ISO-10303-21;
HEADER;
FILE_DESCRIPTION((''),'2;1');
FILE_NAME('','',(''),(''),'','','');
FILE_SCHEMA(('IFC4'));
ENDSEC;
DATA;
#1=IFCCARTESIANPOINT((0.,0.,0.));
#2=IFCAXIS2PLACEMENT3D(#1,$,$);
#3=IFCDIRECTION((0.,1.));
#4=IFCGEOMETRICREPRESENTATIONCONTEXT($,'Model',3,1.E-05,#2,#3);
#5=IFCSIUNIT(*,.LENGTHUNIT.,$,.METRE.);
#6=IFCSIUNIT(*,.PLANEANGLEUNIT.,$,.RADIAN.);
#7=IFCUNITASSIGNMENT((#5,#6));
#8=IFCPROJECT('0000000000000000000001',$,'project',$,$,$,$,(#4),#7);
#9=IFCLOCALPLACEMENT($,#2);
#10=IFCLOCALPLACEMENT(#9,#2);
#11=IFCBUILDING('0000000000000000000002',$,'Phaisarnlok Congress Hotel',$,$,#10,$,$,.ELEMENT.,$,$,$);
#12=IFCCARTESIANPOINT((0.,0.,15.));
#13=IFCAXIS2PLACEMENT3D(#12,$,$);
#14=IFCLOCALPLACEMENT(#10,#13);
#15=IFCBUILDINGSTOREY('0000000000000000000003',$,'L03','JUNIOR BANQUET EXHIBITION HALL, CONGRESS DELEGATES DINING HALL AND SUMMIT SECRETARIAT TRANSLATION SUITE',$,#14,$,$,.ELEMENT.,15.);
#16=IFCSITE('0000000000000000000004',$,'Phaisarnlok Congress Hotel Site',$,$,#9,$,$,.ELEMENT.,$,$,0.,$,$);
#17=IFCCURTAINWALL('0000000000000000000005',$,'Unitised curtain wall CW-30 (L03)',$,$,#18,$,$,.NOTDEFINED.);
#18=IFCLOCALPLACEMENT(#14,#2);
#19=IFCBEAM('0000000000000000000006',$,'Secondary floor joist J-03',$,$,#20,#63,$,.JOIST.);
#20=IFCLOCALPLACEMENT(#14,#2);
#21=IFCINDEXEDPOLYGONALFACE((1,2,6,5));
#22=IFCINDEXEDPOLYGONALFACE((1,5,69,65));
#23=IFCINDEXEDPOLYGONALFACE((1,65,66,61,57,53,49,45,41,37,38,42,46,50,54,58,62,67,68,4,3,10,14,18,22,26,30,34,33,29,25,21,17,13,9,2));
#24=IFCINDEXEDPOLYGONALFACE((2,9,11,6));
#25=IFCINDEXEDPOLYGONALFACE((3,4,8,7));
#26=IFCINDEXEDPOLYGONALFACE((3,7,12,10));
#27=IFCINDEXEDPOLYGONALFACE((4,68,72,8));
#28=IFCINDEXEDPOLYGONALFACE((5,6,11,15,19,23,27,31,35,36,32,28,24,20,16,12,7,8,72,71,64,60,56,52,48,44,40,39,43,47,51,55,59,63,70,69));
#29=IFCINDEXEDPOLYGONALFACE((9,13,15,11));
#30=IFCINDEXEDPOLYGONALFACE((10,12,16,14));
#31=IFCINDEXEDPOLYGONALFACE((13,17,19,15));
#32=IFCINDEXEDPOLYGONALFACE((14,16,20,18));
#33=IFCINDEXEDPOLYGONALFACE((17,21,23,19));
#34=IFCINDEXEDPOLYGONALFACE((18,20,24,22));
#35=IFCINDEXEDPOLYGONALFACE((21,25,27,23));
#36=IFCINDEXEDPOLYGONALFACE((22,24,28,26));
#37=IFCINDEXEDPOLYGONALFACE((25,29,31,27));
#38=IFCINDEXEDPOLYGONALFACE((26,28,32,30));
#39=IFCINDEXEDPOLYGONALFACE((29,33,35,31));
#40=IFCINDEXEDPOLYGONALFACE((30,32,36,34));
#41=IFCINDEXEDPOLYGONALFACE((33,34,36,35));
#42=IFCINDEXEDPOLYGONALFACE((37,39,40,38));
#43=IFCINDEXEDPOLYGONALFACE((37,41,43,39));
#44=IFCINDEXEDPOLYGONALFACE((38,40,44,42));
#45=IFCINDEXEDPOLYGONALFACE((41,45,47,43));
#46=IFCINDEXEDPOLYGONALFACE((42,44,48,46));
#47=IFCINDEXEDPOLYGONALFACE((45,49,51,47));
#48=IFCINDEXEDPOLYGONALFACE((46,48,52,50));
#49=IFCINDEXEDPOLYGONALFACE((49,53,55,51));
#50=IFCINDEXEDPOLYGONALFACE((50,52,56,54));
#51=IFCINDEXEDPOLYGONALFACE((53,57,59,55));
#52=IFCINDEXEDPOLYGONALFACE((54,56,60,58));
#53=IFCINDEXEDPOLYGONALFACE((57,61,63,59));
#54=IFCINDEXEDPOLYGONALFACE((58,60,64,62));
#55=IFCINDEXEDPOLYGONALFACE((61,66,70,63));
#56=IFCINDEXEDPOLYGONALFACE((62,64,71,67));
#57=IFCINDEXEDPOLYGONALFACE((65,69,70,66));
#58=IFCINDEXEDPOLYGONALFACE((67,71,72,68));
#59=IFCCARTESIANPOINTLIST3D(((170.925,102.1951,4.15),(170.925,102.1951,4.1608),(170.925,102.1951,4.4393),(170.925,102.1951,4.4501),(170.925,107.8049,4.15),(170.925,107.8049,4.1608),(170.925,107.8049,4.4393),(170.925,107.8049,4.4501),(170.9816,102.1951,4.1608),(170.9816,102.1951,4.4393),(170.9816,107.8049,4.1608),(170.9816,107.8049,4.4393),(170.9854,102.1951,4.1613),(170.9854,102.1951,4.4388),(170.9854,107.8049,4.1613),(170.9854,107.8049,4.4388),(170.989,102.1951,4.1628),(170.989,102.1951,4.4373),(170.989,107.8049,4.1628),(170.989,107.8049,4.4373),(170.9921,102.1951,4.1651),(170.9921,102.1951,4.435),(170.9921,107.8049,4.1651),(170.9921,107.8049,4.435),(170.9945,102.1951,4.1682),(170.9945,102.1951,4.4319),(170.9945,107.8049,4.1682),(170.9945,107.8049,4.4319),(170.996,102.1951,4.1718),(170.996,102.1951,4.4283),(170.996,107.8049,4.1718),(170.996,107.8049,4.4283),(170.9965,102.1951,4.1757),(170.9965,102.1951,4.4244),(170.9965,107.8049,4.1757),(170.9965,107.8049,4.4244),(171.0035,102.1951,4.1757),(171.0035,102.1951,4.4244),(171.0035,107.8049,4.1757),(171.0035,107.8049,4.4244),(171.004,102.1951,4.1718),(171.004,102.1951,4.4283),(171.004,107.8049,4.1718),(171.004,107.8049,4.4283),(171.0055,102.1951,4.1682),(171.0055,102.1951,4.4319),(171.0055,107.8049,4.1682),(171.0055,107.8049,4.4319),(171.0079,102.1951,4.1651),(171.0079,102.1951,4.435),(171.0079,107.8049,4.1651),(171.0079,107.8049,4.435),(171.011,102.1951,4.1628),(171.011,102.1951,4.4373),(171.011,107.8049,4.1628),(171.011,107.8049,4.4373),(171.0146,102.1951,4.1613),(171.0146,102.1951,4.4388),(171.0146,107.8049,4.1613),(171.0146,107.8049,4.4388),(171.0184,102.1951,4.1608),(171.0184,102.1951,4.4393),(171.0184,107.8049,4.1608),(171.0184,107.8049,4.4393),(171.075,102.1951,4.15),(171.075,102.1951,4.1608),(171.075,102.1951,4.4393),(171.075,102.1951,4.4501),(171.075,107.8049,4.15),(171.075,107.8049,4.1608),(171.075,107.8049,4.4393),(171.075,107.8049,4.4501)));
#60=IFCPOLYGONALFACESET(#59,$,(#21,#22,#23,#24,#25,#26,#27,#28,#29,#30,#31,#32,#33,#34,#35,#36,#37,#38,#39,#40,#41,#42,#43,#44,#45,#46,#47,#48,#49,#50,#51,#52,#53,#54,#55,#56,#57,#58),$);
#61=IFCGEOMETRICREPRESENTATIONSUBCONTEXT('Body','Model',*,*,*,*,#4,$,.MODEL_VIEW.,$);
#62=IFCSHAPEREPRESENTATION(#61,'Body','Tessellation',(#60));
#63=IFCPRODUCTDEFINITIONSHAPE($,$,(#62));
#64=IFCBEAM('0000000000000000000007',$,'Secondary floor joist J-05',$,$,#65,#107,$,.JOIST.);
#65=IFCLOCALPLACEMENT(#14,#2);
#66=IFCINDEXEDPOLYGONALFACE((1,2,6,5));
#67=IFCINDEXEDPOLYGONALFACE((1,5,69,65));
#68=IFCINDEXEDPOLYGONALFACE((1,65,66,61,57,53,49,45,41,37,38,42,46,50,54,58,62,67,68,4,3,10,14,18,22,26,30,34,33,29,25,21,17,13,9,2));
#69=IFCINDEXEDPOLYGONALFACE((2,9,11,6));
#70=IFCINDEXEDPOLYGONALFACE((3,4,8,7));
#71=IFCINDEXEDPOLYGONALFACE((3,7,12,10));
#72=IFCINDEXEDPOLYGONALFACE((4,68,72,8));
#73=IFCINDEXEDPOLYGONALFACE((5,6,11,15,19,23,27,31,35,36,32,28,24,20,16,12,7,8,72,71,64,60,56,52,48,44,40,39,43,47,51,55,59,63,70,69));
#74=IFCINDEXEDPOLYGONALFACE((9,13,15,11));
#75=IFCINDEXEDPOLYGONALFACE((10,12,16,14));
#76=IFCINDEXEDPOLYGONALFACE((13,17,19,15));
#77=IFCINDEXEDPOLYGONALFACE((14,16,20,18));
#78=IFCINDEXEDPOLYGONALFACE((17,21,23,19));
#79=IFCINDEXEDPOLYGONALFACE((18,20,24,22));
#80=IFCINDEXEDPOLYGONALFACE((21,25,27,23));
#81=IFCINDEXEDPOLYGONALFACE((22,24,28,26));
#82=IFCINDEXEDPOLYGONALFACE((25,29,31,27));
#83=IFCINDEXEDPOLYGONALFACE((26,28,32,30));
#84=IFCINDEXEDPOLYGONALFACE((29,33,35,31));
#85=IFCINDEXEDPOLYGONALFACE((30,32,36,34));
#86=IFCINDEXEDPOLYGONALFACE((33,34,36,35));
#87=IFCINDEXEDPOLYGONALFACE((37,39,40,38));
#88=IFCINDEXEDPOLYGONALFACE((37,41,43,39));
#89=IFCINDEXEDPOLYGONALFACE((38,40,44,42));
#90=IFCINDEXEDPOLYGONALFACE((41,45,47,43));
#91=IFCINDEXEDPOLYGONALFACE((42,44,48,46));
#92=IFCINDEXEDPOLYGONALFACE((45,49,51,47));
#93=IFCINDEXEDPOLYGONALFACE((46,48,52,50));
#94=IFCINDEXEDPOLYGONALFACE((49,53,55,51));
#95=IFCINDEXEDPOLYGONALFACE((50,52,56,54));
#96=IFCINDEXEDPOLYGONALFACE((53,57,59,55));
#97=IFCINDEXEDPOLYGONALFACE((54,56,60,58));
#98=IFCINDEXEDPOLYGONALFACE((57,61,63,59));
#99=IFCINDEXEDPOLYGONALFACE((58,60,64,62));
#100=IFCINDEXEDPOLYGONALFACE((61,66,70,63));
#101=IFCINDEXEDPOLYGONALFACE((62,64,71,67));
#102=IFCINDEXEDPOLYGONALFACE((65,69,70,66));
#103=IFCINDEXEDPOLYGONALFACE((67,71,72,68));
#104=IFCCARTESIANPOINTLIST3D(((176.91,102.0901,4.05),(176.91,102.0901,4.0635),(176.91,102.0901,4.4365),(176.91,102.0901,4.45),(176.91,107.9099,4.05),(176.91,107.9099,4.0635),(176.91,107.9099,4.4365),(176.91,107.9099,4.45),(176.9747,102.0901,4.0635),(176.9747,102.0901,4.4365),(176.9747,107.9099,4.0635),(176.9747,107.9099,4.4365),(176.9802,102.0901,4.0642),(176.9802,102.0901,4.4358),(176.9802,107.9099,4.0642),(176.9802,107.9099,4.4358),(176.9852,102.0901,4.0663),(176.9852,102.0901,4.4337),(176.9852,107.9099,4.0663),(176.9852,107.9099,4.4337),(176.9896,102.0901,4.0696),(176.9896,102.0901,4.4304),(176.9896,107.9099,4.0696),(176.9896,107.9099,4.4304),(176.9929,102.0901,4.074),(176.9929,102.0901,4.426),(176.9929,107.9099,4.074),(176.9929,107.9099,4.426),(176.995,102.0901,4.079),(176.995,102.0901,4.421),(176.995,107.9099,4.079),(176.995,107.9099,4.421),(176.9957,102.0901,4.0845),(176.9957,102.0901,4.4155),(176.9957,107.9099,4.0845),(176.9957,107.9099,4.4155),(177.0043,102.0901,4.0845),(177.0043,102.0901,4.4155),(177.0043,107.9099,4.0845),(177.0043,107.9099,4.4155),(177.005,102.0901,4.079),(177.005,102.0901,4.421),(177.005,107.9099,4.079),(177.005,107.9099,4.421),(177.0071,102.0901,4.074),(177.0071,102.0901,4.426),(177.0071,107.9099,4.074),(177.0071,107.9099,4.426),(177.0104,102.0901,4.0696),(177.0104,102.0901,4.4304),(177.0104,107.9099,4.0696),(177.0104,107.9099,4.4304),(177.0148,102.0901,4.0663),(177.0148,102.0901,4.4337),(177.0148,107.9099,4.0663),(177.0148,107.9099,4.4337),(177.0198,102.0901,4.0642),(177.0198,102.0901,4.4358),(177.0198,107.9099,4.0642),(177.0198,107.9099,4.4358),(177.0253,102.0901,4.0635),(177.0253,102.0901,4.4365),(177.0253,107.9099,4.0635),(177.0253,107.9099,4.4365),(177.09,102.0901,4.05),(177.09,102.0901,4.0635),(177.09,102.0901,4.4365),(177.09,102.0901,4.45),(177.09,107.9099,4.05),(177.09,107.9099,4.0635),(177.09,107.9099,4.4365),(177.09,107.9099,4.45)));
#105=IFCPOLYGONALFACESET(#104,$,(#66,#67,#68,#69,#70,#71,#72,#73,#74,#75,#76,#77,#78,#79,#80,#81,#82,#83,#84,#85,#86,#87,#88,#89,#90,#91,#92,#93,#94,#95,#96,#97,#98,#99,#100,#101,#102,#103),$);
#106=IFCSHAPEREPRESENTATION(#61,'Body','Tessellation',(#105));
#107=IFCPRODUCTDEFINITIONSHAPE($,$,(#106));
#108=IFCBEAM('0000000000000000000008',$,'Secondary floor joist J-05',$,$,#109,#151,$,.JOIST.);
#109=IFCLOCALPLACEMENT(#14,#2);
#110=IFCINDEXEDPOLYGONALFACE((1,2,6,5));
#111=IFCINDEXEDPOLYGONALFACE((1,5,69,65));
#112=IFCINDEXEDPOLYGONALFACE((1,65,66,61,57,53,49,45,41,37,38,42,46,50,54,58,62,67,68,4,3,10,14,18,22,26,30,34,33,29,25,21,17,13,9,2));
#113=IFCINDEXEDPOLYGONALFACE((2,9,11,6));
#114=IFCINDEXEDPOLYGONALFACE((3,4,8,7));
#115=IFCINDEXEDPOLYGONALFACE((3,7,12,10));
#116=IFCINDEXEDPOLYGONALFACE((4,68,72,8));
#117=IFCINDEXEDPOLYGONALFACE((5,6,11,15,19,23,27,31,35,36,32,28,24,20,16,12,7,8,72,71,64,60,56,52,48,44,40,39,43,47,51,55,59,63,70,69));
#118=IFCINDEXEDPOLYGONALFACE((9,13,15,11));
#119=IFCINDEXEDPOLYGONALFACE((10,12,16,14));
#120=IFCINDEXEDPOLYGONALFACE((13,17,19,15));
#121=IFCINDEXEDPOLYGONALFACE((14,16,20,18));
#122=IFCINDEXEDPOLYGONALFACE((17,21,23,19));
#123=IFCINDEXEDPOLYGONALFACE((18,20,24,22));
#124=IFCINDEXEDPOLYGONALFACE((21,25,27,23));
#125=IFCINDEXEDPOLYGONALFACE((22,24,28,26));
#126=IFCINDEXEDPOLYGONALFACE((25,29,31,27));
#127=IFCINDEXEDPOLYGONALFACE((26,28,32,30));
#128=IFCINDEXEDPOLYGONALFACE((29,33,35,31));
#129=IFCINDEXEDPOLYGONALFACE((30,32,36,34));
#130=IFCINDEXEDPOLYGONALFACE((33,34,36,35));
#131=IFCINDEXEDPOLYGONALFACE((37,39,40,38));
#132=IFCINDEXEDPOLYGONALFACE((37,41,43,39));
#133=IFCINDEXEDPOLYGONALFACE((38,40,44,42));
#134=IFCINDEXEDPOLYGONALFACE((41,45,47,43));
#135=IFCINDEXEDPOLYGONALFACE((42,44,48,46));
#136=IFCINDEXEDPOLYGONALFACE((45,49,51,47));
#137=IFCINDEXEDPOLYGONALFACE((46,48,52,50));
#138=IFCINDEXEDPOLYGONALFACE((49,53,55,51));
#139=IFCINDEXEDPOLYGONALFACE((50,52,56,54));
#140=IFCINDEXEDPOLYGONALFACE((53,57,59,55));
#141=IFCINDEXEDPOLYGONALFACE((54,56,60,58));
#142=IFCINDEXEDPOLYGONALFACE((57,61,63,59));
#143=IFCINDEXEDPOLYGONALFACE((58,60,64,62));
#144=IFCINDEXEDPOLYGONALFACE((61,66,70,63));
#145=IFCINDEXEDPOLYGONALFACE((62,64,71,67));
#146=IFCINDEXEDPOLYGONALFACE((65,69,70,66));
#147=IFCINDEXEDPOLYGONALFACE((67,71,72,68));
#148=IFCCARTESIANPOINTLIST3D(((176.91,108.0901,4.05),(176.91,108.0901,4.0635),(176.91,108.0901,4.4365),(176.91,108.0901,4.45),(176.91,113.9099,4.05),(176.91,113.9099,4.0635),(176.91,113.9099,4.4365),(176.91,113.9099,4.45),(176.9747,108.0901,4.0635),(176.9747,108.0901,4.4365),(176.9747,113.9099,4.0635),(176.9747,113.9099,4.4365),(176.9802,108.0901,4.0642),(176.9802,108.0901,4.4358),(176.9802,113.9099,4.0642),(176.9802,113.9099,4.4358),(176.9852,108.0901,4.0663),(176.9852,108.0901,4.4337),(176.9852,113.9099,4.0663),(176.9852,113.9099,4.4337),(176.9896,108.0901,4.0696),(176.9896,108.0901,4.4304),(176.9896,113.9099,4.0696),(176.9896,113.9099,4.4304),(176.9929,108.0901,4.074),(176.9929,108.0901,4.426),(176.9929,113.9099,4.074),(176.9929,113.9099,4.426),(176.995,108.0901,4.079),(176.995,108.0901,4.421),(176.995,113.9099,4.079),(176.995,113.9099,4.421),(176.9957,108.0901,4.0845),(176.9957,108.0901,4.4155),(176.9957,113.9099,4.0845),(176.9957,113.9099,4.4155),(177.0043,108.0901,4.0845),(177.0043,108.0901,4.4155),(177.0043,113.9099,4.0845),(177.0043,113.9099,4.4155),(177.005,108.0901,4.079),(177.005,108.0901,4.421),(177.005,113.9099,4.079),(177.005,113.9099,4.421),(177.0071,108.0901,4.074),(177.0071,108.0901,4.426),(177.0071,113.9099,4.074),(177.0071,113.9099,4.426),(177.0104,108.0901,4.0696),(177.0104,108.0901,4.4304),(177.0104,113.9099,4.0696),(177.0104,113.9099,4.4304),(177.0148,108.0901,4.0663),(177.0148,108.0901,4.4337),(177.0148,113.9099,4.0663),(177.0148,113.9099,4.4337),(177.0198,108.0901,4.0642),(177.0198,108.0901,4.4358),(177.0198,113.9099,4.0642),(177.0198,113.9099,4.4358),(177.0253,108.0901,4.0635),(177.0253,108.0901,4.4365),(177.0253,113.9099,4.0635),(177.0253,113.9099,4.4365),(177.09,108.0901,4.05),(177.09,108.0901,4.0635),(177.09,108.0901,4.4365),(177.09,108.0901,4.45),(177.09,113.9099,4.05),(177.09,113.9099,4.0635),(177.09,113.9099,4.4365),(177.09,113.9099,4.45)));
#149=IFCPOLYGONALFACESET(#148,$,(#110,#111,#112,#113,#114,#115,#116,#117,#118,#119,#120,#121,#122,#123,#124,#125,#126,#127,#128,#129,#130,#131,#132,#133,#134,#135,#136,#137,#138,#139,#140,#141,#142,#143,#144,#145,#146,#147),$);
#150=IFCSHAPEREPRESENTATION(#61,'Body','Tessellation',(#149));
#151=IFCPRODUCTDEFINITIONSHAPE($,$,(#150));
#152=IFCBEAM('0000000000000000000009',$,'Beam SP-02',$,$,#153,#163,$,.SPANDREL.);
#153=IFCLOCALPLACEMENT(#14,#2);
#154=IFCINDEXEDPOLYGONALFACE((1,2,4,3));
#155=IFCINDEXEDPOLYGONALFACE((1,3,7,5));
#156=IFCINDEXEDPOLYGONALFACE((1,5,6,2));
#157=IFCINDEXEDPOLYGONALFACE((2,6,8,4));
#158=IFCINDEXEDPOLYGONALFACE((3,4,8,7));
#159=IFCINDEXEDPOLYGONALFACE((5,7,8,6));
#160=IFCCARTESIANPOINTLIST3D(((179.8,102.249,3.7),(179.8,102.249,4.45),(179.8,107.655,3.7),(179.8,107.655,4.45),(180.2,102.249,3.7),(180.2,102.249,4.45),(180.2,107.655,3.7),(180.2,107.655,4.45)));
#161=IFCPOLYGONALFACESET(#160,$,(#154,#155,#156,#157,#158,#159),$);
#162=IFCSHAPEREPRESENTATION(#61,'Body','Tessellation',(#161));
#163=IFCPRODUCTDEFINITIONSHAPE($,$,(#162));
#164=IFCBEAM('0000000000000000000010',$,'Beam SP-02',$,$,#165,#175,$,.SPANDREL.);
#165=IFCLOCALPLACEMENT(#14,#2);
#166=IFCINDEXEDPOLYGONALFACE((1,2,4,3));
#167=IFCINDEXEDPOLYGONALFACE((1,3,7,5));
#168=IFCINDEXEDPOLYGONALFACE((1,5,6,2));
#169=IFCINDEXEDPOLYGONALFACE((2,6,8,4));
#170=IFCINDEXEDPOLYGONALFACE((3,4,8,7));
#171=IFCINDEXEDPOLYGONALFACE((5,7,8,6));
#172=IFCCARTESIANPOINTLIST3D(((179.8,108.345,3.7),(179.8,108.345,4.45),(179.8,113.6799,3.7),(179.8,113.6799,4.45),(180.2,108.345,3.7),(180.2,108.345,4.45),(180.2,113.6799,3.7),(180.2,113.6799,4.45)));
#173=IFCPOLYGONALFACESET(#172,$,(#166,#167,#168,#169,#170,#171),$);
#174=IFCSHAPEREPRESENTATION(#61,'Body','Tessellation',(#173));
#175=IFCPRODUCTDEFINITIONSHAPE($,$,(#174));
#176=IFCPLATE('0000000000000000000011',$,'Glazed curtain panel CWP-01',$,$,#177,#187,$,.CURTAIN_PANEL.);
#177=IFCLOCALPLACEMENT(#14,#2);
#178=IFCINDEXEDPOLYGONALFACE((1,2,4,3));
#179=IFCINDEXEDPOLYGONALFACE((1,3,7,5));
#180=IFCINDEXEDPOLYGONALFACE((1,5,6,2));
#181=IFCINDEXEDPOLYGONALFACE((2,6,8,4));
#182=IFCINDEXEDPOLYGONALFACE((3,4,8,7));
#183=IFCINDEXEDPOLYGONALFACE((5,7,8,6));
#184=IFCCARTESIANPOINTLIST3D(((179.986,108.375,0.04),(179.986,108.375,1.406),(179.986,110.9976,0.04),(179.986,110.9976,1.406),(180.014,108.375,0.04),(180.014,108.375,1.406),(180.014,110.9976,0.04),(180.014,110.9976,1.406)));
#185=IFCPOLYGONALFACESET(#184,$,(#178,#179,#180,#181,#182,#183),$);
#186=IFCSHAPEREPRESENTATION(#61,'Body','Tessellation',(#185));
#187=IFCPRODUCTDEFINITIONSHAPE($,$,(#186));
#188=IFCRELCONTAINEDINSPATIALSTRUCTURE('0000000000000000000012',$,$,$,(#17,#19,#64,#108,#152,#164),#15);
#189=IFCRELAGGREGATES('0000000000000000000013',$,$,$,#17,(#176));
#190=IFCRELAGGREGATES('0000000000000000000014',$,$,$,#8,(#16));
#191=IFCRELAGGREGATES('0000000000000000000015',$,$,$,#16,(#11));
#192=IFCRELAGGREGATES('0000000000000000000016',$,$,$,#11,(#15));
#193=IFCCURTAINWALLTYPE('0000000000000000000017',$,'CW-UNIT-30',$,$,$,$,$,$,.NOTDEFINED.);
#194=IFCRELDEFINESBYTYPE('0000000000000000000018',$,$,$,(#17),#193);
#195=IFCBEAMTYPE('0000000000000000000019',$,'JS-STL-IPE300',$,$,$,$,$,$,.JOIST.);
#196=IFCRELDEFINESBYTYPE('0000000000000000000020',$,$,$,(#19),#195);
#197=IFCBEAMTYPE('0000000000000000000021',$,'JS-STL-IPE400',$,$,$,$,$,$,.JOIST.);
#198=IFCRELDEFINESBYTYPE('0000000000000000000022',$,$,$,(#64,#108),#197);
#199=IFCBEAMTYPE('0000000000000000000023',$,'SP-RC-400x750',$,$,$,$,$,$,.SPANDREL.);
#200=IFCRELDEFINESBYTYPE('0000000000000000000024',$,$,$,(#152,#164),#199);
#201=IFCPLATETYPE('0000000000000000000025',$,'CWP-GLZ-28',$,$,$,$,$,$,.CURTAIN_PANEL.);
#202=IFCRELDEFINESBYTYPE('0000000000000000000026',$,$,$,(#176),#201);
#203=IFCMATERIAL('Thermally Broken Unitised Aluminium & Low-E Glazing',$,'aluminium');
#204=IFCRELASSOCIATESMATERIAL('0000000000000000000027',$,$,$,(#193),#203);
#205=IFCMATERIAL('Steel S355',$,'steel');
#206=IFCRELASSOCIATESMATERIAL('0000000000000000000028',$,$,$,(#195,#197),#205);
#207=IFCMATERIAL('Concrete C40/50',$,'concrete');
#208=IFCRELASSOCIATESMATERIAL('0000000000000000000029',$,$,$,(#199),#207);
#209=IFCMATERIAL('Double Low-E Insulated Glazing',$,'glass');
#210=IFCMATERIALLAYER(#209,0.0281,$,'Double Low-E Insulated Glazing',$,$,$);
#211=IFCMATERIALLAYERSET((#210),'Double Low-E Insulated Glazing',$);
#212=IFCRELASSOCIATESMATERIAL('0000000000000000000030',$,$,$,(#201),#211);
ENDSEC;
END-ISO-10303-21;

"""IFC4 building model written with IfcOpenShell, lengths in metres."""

from ifc_helpers import new_model, si_unit, direction, frame, frame_2d, origin, origin_2d, place, context, subcontext, project, spatial, rectangle, i_section, extrude, material, layer, layer_set, material_profile, profile_set, type_object, element, aggregate, save


model = new_model("IFC4")

# Units and contexts
model_context = context("Model", 3, precision=1e-05, world=origin(), true_north=direction((0.0, 1.0)))
body_context = subcontext(model_context, "Body", "Model", "MODEL_VIEW")
ifc_project = project(units=[si_unit("LENGTHUNIT", "METRE"), si_unit("PLANEANGLEUNIT", "RADIAN")], contexts=[model_context])

# Site, building, storey
site_placement = place(None, origin())
site = spatial("IfcSite", under=ifc_project, at=site_placement, Name="Phaisarnlok Congress Hotel Site", CompositionType="ELEMENT", RefElevation=0.0)
building_placement = place(site_placement, origin())
building = spatial("IfcBuilding", under=site, at=building_placement, Name="Phaisarnlok Congress Hotel", CompositionType="ELEMENT")
storey_placement = place(building_placement, frame((0.0, 0.0, 15.0)))
storey = spatial("IfcBuildingStorey", under=building, at=storey_placement, Name="L03", Description="JUNIOR BANQUET EXHIBITION HALL, CONGRESS DELEGATES DINING HALL AND SUMMIT SECRETARIAT TRANSLATION SUITE", CompositionType="ELEMENT", Elevation=15.0)

# Shared definitions
ifc_material_1 = material(Name="Steel S355", Category="steel")

# Shared definitions
ifc_material_2 = material(Name="Concrete C40/50", Category="concrete")

# Curtain wall
ifc_material_3 = material(Name="Thermally Broken Unitised Aluminium & Low-E Glazing", Category="aluminium")
curtain_wall_type = type_object("IfcCurtainWallType", Name="CW-UNIT-30", PredefinedType="NOTDEFINED", material=ifc_material_3)
curtain_wall_placement = place(storey_placement, origin())
curtain_wall = element("IfcCurtainWall", 1, at=curtain_wall_placement, inside=storey, type_object=curtain_wall_type, Name="Unitised curtain wall CW-30 (L03)", PredefinedType="NOTDEFINED")

# Beams
ifc_material_profile_1 = material_profile(ifc_material_1, i_section(OverallWidth=0.1499, OverallDepth=0.3, WebThickness=0.0071, FlangeThickness=0.0107, FilletRadius=0.0149, at=origin_2d()), Name="IPE 300")
ifc_profile_set_1 = profile_set([ifc_material_profile_1], Name="Steel S355")
beam_type_1 = type_object("IfcBeamType", Name="JS-STL-IPE300", PredefinedType="JOIST", material=ifc_profile_set_1)
beam_1_placement = place(storey_placement, frame((171.0, 102.1951, 4.3), z_axis=(0.0, 1.0, 0.0), x_axis=(-1.0, 0.0, 0.0)))
element("IfcBeam", 2, at=beam_1_placement, inside=storey, type_object=beam_type_1, Name="Secondary floor joist J-03", PredefinedType="JOIST", context=body_context, shape_type="SweptSolid", body=[
    extrude(i_section(OverallWidth=0.1499, OverallDepth=0.3, WebThickness=0.0071, FlangeThickness=0.0107, FilletRadius=0.0149, at=origin_2d()), origin(), (0.0, 0.0, 1.0), 5.6099),
])
ifc_material_profile_2 = material_profile(ifc_material_1, i_section(OverallWidth=0.1799, OverallDepth=0.3999, WebThickness=0.0085, FlangeThickness=0.0134, FilletRadius=0.021, at=origin_2d()), Name="IPE 400")
ifc_profile_set_2 = profile_set([ifc_material_profile_2], Name="Steel S355")
beam_type_2 = type_object("IfcBeamType", Name="JS-STL-IPE400", PredefinedType="JOIST", material=ifc_profile_set_2)
for number, where, z_axis, x_axis, name in (
    (3, (177.0, 102.0901, 4.25), (0.0, 1.0, 0.0), (-1.0, 0.0, 0.0), "Secondary floor joist J-05"),
    (4, (177.0, 108.0901, 4.25), (0.0, 1.0, 0.0), (-1.0, 0.0, 0.0), "Secondary floor joist J-05"),
):
    element("IfcBeam", number, at=place(storey_placement, frame(where, z_axis=z_axis, x_axis=x_axis)), inside=storey, type_object=beam_type_2, Name=name, PredefinedType="JOIST", context=body_context, shape_type="SweptSolid", body=[
        extrude(i_section(OverallWidth=0.1799, OverallDepth=0.3999, WebThickness=0.0085, FlangeThickness=0.0134, FilletRadius=0.021, at=origin_2d()), origin(), (0.0, 0.0, 1.0), 5.8198),
    ])
ifc_material_profile_3 = material_profile(ifc_material_2, rectangle(XDim=0.3999, YDim=0.75, at=origin_2d()), Name="RC 400x750")
ifc_profile_set_3 = profile_set([ifc_material_profile_3], Name="Concrete C40/50")
beam_type_3 = type_object("IfcBeamType", Name="SP-RC-400x750", PredefinedType="SPANDREL", material=ifc_profile_set_3)
beam_2_placement = place(storey_placement, frame((180.0, 102.249, 4.075), z_axis=(0.0, 1.0, 0.0), x_axis=(-1.0, 0.0, 0.0)))
element("IfcBeam", 5, at=beam_2_placement, inside=storey, type_object=beam_type_3, Name="Beam SP-02", PredefinedType="SPANDREL", context=body_context, shape_type="SweptSolid", body=[
    extrude(rectangle(XDim=0.3999, YDim=0.75, at=origin_2d()), origin(), (0.0, 0.0, 1.0), 5.406),
])
beam_3_placement = place(storey_placement, frame((180.0, 108.345, 4.075), z_axis=(0.0, 1.0, 0.0), x_axis=(-1.0, 0.0, 0.0)))
element("IfcBeam", 6, at=beam_3_placement, inside=storey, type_object=beam_type_3, Name="Beam SP-02", PredefinedType="SPANDREL", context=body_context, shape_type="SweptSolid", body=[
    extrude(rectangle(XDim=0.3999, YDim=0.75, at=origin_2d()), origin(), (0.0, 0.0, 1.0), 5.335),
])

# Plate
ifc_material_4 = material(Name="Double Low-E Insulated Glazing", Category="glass")
ifc_layer_1 = layer(ifc_material_4, 0.0281, Name="Double Low-E Insulated Glazing")
ifc_layer_set_1 = layer_set([ifc_layer_1], Name="Double Low-E Insulated Glazing")
plate_type_1 = type_object("IfcPlateType", Name="CWP-GLZ-28", PredefinedType="CURTAIN_PANEL", material=ifc_layer_set_1)
plate_1_placement = place(storey_placement, frame((180.0, 108.375, 0.04), z_axis=(0.0, 0.0, 1.0), x_axis=(0.0, 1.0, 0.0)))
plate_1 = element("IfcPlate", 7, at=plate_1_placement, type_object=plate_type_1, Name="Glazed curtain panel CWP-01", PredefinedType="CURTAIN_PANEL", context=body_context, shape_type="SweptSolid", body=[
    extrude(rectangle(XDim=2.6226, YDim=0.0281, at=frame_2d((1.3113, 0.0))), origin(), (0.0, 0.0, 1.0), 1.366),
])
aggregate(curtain_wall, [plate_1])

save(model, "model.ifc")
